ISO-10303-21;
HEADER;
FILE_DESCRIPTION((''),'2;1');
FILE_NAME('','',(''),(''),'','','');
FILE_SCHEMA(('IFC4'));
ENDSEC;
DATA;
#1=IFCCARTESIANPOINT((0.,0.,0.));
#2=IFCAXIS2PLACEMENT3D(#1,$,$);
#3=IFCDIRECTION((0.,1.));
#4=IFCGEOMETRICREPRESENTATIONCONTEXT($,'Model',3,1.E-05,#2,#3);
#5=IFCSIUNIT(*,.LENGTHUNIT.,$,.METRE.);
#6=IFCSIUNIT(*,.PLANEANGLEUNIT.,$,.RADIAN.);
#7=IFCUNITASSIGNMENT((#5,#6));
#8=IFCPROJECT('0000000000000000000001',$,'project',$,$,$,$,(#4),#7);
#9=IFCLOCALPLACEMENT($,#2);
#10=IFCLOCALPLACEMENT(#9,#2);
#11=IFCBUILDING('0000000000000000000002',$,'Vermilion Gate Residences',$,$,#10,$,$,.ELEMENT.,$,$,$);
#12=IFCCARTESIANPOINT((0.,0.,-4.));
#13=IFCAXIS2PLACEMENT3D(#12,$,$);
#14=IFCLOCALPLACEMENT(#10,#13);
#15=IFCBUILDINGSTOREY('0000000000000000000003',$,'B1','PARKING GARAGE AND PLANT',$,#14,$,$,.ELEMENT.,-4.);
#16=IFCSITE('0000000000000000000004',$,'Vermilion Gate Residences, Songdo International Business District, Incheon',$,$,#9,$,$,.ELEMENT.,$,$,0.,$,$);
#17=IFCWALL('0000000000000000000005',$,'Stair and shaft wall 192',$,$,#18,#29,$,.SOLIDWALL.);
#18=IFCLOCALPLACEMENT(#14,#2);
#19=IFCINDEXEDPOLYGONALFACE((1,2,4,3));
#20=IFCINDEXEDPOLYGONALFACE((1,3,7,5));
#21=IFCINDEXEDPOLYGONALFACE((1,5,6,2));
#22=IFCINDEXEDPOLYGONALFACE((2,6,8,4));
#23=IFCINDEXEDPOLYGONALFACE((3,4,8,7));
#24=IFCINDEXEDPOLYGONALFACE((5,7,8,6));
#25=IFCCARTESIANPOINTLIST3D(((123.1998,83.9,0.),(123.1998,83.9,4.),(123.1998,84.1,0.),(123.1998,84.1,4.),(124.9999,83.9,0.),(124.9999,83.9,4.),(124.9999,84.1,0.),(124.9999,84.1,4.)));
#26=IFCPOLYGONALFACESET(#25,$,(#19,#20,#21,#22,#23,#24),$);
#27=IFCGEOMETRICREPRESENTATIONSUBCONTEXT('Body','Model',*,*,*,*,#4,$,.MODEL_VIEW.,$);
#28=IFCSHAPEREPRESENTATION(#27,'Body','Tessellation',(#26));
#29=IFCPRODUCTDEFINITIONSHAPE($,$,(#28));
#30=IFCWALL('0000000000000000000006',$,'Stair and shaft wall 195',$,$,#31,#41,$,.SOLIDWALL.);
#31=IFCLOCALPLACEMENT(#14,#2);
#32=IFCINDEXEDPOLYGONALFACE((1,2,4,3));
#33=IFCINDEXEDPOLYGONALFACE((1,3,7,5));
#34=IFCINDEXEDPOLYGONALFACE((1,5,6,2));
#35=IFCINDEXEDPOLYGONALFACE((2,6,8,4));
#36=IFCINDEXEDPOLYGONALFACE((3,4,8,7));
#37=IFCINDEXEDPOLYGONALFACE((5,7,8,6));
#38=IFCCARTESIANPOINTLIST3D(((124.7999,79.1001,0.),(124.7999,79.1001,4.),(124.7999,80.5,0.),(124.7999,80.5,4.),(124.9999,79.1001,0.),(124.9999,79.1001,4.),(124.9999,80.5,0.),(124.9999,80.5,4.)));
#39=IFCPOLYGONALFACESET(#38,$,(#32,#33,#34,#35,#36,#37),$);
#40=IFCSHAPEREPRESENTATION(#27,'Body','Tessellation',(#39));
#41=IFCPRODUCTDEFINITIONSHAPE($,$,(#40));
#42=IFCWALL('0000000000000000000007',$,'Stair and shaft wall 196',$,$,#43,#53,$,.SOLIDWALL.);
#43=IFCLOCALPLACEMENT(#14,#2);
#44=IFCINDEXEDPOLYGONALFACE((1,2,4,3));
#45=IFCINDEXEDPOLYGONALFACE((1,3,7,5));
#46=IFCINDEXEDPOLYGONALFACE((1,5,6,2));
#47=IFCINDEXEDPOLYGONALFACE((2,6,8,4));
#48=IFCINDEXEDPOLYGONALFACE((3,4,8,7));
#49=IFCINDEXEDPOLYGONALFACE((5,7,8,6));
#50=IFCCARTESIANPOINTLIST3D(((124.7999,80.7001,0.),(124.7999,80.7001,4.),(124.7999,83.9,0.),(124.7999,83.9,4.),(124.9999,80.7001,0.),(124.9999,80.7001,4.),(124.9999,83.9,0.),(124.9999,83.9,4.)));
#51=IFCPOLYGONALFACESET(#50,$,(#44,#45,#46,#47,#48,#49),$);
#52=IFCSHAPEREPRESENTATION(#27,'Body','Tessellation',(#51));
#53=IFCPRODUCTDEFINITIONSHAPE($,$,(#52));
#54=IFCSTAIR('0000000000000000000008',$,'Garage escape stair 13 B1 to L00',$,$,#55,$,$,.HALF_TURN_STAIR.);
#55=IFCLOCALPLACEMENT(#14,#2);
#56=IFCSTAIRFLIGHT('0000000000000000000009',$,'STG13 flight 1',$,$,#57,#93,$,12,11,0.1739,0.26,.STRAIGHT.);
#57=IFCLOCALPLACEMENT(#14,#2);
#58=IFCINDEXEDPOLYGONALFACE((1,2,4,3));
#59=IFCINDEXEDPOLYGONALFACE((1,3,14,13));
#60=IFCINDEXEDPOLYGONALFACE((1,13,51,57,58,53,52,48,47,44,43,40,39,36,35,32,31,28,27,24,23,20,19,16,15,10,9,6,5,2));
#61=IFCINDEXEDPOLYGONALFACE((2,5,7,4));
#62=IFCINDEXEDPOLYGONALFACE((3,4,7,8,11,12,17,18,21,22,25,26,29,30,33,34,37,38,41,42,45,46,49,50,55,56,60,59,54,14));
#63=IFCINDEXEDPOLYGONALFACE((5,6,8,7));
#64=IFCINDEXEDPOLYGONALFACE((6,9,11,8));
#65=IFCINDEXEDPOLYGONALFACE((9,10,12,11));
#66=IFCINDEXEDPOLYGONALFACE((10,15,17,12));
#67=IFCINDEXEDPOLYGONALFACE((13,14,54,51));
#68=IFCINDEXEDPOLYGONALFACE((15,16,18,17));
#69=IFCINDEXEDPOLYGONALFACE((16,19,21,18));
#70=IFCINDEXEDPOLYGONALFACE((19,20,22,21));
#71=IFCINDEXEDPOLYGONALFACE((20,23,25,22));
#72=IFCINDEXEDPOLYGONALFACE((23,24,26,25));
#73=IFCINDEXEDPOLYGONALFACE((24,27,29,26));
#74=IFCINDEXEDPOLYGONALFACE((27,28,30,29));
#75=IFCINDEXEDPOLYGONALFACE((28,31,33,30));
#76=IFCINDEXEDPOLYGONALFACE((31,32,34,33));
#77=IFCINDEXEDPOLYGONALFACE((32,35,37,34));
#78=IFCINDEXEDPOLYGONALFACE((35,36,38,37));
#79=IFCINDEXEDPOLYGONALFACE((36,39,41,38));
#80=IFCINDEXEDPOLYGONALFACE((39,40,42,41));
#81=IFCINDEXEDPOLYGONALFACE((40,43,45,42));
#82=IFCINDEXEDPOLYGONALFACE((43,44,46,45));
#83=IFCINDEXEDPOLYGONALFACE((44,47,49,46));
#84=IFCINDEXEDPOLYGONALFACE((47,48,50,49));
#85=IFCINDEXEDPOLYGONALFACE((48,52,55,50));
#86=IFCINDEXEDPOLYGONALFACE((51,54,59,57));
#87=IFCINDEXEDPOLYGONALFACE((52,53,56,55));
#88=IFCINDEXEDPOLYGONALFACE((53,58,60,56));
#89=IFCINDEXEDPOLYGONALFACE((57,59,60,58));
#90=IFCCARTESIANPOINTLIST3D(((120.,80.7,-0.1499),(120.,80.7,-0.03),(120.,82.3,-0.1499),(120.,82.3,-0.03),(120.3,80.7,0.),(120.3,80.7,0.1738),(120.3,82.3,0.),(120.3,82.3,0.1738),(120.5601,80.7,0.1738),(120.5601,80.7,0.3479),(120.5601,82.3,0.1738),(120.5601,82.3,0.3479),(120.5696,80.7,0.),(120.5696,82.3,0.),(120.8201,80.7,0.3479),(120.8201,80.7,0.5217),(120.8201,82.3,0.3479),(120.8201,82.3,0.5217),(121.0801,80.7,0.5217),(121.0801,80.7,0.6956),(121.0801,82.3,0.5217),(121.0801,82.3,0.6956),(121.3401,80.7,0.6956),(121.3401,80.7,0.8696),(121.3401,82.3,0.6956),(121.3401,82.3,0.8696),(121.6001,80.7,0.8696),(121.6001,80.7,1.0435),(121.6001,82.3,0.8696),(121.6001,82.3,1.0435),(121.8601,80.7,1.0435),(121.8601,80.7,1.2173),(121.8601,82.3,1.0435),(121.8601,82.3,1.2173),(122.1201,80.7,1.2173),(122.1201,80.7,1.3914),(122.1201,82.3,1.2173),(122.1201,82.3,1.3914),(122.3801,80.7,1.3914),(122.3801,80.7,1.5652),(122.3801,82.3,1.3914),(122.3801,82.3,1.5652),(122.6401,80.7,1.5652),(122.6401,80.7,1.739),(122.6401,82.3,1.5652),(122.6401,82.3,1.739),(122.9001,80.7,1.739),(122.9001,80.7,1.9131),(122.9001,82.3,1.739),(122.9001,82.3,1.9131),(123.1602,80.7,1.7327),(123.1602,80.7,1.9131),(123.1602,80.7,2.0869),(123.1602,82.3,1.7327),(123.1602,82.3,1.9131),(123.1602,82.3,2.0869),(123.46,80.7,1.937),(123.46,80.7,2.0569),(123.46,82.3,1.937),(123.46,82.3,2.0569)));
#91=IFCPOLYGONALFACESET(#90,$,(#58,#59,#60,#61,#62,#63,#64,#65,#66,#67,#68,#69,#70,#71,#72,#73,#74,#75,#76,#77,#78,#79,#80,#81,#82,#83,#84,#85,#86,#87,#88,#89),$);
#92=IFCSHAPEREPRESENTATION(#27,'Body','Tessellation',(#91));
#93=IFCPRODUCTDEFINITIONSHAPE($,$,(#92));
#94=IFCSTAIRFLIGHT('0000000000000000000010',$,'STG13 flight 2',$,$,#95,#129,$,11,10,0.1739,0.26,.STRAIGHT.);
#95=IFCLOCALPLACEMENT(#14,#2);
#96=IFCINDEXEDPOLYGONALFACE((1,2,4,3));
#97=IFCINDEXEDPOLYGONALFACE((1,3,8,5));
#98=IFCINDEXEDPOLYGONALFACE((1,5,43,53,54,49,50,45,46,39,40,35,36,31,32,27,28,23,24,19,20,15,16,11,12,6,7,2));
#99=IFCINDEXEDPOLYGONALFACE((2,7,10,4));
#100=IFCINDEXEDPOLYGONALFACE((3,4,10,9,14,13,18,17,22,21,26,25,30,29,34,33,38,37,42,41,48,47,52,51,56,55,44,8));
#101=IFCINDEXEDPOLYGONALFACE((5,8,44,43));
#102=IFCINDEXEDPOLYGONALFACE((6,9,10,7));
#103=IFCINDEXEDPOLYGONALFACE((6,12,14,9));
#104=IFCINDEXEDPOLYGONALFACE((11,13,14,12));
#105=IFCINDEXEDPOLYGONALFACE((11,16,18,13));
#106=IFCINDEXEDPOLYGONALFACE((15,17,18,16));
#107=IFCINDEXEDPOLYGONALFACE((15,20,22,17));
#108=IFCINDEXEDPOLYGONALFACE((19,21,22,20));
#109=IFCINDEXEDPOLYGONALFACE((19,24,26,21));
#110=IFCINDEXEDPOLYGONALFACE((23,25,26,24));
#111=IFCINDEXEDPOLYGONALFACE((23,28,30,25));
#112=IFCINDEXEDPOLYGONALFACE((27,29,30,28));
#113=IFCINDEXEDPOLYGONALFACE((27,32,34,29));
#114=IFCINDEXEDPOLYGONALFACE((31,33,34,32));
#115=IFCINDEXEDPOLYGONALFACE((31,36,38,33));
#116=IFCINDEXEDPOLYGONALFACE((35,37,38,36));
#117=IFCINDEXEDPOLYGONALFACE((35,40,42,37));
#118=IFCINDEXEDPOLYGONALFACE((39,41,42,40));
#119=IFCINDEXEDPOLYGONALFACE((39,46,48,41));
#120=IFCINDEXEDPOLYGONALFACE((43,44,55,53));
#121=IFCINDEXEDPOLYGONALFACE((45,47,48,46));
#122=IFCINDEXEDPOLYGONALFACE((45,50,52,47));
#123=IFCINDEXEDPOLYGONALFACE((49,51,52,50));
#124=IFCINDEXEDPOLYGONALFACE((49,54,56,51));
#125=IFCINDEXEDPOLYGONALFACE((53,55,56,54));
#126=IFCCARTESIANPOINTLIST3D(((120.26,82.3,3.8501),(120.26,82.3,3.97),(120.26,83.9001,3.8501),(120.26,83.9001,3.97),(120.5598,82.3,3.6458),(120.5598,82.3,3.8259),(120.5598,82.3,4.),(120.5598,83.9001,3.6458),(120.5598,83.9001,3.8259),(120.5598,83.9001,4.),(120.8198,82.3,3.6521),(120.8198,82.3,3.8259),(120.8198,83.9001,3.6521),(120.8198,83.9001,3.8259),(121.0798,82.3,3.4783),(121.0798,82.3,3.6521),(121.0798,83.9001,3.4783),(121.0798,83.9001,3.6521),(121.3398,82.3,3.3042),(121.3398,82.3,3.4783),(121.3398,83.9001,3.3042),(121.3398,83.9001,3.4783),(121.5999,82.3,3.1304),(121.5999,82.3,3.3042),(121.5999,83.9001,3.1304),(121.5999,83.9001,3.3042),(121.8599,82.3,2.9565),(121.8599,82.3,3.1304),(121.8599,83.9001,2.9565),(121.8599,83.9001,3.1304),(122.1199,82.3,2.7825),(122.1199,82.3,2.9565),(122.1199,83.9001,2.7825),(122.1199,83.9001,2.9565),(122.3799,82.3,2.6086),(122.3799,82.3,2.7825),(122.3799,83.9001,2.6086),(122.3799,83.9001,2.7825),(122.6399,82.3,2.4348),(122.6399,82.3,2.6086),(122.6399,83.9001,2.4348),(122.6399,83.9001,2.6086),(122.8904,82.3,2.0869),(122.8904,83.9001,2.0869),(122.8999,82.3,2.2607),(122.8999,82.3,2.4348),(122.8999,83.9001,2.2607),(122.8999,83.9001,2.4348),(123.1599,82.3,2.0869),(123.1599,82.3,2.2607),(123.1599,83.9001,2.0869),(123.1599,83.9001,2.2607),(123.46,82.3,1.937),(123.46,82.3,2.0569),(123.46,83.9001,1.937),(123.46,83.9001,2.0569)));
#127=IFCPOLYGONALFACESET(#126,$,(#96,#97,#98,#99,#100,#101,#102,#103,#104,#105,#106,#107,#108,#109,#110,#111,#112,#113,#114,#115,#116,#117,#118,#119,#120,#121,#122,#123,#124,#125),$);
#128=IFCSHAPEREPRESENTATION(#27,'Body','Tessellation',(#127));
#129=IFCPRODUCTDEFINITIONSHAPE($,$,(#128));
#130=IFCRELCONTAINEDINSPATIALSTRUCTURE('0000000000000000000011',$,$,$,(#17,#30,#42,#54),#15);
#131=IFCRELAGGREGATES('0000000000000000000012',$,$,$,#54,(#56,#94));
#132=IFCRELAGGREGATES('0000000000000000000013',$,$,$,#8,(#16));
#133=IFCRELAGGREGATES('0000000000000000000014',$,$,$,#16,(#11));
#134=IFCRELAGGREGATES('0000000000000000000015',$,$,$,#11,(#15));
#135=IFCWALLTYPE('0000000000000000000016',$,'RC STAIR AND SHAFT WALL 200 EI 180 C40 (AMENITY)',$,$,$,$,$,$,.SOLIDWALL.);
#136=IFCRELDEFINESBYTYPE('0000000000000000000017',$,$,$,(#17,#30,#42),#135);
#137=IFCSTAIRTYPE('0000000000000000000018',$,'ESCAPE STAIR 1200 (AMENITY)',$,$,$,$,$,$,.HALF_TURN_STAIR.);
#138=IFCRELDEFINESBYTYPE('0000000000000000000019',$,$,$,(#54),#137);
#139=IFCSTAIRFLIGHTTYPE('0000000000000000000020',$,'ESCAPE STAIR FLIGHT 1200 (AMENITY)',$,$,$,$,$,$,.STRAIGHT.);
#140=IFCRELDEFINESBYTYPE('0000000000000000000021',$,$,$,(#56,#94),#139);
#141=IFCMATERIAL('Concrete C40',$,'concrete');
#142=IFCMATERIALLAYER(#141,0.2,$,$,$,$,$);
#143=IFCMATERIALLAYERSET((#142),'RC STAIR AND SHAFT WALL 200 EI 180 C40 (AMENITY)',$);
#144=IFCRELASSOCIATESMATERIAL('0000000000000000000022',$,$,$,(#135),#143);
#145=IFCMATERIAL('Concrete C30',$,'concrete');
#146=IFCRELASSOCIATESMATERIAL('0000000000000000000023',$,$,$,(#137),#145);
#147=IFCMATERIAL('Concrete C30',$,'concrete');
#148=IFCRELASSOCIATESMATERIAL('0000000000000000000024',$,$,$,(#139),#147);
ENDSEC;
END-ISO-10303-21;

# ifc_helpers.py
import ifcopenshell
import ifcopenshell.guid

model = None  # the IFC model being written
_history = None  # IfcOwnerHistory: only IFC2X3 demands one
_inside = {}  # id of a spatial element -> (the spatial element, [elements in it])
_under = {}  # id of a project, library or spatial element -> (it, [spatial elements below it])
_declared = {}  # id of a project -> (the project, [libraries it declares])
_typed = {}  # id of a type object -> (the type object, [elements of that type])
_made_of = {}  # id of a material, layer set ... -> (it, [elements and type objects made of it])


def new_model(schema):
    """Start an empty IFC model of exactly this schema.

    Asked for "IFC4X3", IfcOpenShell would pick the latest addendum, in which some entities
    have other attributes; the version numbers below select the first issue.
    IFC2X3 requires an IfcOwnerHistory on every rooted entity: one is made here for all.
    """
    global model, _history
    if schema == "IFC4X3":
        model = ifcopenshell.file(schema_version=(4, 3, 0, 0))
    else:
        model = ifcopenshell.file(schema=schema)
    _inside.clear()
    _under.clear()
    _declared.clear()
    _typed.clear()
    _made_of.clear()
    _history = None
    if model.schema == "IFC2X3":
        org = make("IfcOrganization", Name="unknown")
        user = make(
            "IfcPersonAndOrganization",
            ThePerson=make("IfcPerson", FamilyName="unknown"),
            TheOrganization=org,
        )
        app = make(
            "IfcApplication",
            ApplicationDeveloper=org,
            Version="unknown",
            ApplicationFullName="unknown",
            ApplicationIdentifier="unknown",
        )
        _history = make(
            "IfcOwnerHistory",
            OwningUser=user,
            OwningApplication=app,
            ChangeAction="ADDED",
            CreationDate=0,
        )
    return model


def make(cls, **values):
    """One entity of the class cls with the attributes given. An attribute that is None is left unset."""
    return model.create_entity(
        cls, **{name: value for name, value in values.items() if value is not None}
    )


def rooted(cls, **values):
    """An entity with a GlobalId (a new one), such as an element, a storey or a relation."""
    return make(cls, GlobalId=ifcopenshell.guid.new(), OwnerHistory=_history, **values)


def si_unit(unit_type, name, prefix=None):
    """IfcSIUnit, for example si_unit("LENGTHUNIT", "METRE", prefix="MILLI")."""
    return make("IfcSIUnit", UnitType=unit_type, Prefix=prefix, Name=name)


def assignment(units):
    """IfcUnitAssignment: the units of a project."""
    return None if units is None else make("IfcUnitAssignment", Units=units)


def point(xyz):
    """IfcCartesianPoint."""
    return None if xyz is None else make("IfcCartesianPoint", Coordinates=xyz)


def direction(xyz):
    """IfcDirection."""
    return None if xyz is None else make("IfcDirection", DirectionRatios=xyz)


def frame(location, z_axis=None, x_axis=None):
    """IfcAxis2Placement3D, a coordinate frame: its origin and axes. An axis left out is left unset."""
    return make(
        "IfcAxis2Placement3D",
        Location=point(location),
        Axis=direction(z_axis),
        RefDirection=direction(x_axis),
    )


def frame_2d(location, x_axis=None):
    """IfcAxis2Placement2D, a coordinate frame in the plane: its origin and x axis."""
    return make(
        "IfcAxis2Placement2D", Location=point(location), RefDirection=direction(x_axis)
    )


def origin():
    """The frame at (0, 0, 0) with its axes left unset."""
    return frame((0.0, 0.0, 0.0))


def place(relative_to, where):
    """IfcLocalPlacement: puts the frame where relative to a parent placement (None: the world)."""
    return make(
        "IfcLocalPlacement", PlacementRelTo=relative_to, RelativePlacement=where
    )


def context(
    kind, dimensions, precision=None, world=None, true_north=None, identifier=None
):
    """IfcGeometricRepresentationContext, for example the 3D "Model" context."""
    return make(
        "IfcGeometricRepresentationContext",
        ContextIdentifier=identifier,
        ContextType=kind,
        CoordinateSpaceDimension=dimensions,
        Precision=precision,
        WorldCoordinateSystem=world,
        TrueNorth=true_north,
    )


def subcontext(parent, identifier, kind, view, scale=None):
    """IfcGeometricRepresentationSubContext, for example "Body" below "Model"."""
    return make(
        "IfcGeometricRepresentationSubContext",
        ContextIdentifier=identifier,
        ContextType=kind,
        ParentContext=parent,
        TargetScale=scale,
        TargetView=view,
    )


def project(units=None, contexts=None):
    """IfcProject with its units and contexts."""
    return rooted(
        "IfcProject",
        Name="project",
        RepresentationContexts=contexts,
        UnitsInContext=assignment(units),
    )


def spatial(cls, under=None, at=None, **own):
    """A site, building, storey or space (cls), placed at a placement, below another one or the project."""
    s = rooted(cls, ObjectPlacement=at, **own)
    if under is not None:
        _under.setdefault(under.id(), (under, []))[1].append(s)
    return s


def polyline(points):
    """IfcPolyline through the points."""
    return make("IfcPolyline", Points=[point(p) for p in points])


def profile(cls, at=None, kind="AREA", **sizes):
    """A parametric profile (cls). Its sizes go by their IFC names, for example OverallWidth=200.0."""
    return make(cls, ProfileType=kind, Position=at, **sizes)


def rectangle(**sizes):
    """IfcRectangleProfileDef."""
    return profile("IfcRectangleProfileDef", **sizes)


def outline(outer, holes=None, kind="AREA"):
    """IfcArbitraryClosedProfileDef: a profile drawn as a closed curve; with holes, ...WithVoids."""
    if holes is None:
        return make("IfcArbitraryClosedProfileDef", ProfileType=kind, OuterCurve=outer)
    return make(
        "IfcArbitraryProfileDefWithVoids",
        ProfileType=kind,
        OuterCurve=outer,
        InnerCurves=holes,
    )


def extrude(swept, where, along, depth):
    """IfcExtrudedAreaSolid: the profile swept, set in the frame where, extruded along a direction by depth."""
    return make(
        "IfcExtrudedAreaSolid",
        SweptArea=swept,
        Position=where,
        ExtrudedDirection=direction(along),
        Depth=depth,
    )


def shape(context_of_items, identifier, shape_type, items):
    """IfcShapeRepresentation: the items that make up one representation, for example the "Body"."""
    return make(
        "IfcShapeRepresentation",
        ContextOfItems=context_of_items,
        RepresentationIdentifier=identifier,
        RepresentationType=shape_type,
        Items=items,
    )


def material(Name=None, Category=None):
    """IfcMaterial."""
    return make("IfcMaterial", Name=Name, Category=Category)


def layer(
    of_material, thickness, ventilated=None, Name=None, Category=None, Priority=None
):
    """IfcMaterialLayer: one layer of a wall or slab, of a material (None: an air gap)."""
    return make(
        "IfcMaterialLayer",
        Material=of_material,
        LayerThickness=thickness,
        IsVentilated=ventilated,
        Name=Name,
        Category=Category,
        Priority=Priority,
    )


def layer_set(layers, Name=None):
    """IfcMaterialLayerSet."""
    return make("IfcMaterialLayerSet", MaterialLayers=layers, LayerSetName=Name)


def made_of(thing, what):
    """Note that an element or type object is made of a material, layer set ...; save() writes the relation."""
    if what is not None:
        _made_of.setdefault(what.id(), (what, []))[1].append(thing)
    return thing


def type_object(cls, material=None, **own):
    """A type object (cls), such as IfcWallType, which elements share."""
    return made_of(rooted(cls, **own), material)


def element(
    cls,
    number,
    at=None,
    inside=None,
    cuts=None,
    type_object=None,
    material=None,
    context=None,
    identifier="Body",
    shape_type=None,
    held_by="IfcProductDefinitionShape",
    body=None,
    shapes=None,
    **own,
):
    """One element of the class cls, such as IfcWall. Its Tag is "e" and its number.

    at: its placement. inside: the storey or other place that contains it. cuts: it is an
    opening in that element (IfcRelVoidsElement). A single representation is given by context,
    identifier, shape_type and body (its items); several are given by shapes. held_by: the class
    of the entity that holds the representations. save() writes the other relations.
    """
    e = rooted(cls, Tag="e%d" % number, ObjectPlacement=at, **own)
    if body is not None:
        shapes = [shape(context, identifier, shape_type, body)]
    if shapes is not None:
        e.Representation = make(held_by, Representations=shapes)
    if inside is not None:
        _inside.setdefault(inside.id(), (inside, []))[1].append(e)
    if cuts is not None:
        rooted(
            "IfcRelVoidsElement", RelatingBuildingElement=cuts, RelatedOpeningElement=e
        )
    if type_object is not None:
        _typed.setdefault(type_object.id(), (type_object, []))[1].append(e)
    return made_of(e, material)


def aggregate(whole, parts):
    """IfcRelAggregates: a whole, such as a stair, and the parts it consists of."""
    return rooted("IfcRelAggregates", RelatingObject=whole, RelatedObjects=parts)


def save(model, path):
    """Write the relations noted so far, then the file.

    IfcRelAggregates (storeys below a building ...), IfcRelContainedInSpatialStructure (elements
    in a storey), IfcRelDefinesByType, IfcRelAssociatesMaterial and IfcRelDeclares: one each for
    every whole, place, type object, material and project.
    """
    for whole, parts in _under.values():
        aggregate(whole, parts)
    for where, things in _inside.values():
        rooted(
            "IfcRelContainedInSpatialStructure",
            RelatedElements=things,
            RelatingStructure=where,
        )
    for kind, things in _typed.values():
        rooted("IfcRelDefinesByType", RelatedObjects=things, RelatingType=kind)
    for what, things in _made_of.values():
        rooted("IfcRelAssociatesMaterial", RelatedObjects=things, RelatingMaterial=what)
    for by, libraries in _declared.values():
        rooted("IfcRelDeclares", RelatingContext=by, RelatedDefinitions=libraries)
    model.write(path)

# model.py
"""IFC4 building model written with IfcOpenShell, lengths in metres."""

from ifc_helpers import new_model, si_unit, direction, frame, frame_2d, origin, place, context, subcontext, project, spatial, polyline, rectangle, outline, extrude, material, layer, layer_set, type_object, element, aggregate, save


model = new_model("IFC4")

# Units and contexts
model_context = context("Model", 3, precision=1e-05, world=origin(), true_north=direction((0.0, 1.0)))
body_context = subcontext(model_context, "Body", "Model", "MODEL_VIEW")
ifc_project = project(units=[si_unit("LENGTHUNIT", "METRE"), si_unit("PLANEANGLEUNIT", "RADIAN")], contexts=[model_context])

# Site, building, storey
site_placement = place(None, origin())
site = spatial("IfcSite", under=ifc_project, at=site_placement, Name="Vermilion Gate Residences, Songdo International Business District, Incheon", CompositionType="ELEMENT", RefElevation=0.0)
building_placement = place(site_placement, origin())
building = spatial("IfcBuilding", under=site, at=building_placement, Name="Vermilion Gate Residences", CompositionType="ELEMENT")
storey_placement = place(building_placement, frame((0.0, 0.0, -4.0)))
storey = spatial("IfcBuildingStorey", under=building, at=storey_placement, Name="B1", Description="PARKING GARAGE AND PLANT", CompositionType="ELEMENT", Elevation=-4.0)

# Shared definitions
ifc_material_1 = material(Name="Concrete C40", Category="concrete")
ifc_layer_1 = layer(ifc_material_1, 0.2)
ifc_layer_set_1 = layer_set([ifc_layer_1], Name="RC STAIR AND SHAFT WALL 200 EI 180 C40 (AMENITY)")
wall_type_1 = type_object("IfcWallType", Name="RC STAIR AND SHAFT WALL 200 EI 180 C40 (AMENITY)", PredefinedType="SOLIDWALL", material=ifc_layer_set_1)

# Walls
wall_1_placement = place(storey_placement, frame((123.2, 84.0, 0.0), z_axis=(0.0, 0.0, 1.0), x_axis=(1.0, 0.0, 0.0)))
element("IfcWall", 1, at=wall_1_placement, inside=storey, type_object=wall_type_1, Name="Stair and shaft wall 192", PredefinedType="SOLIDWALL", context=body_context, shape_type="SweptSolid", body=[
    extrude(rectangle(XDim=1.8, YDim=0.2, at=frame_2d((0.8999, 0.0))), origin(), (0.0, 0.0, 1.0), 4.0),
])
wall_2_placement = place(storey_placement, frame((124.8999, 79.1001, 0.0), z_axis=(0.0, 0.0, 1.0), x_axis=(0.0, 1.0, 0.0)))
element("IfcWall", 2, at=wall_2_placement, inside=storey, type_object=wall_type_1, Name="Stair and shaft wall 195", PredefinedType="SOLIDWALL", context=body_context, shape_type="SweptSolid", body=[
    extrude(rectangle(XDim=1.3999, YDim=0.2, at=frame_2d((0.7, 0.0))), origin(), (0.0, 0.0, 1.0), 4.0),
])
wall_3_placement = place(storey_placement, frame((124.8999, 80.7, 0.0), z_axis=(0.0, 0.0, 1.0), x_axis=(0.0, 1.0, 0.0)))
element("IfcWall", 3, at=wall_3_placement, inside=storey, type_object=wall_type_1, Name="Stair and shaft wall 196", PredefinedType="SOLIDWALL", context=body_context, shape_type="SweptSolid", body=[
    extrude(rectangle(XDim=3.2, YDim=0.2, at=frame_2d((1.6001, 0.0))), origin(), (0.0, 0.0, 1.0), 4.0),
])

# Stair, stair flights
ifc_material_2 = material(Name="Concrete C30", Category="concrete")
stair_type = type_object("IfcStairType", Name="ESCAPE STAIR 1200 (AMENITY)", PredefinedType="HALF_TURN_STAIR", material=ifc_material_2)
stair_placement = place(storey_placement, origin())
stair = element("IfcStair", 4, at=stair_placement, inside=storey, type_object=stair_type, Name="Garage escape stair 13 B1 to L00", PredefinedType="HALF_TURN_STAIR")
ifc_material_3 = material(Name="Concrete C30", Category="concrete")
stair_flight_type = type_object("IfcStairFlightType", Name="ESCAPE STAIR FLIGHT 1200 (AMENITY)", PredefinedType="STRAIGHT", material=ifc_material_3)
stair_flight_1_placement = place(storey_placement, frame((120.3, 81.5, 0.0), z_axis=(0.0, 0.0, 1.0), x_axis=(1.0, 0.0, 0.0)))
stair_flight_1 = element("IfcStairFlight", 5, at=stair_flight_1_placement, type_object=stair_flight_type, Name="STG13 flight 1", NumberOfRisers=12, NumberOfTreads=11, PredefinedType="STRAIGHT", RiserHeight=0.1739, TreadLength=0.26, context=body_context, shape_type="SweptSolid", body=[
    extrude(outline(polyline([(-0.3, -0.1499), (-0.3, -0.03), (0.0, 0.0), (0.0, 0.1738), (0.26, 0.1738), (0.26, 0.3479), (0.52, 0.3479), (0.52, 0.5217), (0.78, 0.5217), (0.78, 0.6956), (1.04, 0.6956), (1.04, 0.8696), (1.3, 0.8696), (1.3, 1.0435), (1.5601, 1.0435), (1.5601, 1.2173), (1.8201, 1.2173), (1.8201, 1.3914), (2.0801, 1.3914), (2.0801, 1.5652), (2.3401, 1.5652), (2.3401, 1.739), (2.6001, 1.739), (2.6001, 1.9131), (2.8601, 1.9131), (2.8601, 2.0869), (3.1599, 2.0569), (3.1599, 1.937), (2.8601, 1.7327), (0.2695, 0.0), (-0.3, -0.1499)])), frame((0.0, 0.8, 0.0), z_axis=(0.0, -1.0, 0.0), x_axis=(1.0, 0.0, 0.0)), (0.0, 0.0, 1.0), 1.6001),
])
stair_flight_2_placement = place(storey_placement, frame((123.1599, 83.1001, 2.0869), z_axis=(0.0, 0.0, 1.0), x_axis=(-1.0, 0.0, 0.0)))
stair_flight_2 = element("IfcStairFlight", 6, at=stair_flight_2_placement, type_object=stair_flight_type, Name="STG13 flight 2", NumberOfRisers=11, NumberOfTreads=10, PredefinedType="STRAIGHT", RiserHeight=0.1739, TreadLength=0.26, context=body_context, shape_type="SweptSolid", body=[
    extrude(outline(polyline([(-0.3, -0.1499), (-0.3, -0.03), (0.0, 0.0), (0.0, 0.1738), (0.26, 0.1738), (0.26, 0.3479), (0.52, 0.3479), (0.52, 0.5217), (0.78, 0.5217), (0.78, 0.6956), (1.04, 0.6956), (1.04, 0.8696), (1.3, 0.8696), (1.3, 1.0435), (1.5601, 1.0435), (1.5601, 1.2173), (1.8201, 1.2173), (1.8201, 1.3914), (2.0801, 1.3914), (2.0801, 1.5652), (2.3401, 1.5652), (2.3401, 1.739), (2.6001, 1.739), (2.6001, 1.9131), (2.8999, 1.8831), (2.8999, 1.7632), (2.6001, 1.5588), (0.2695, 0.0), (-0.3, -0.1499)])), frame((0.0, 0.8, 0.0), z_axis=(0.0, -1.0, 0.0), x_axis=(1.0, 0.0, 0.0)), (0.0, 0.0, 1.0), 1.6001),
])
aggregate(stair, [stair_flight_1, stair_flight_2])

save(model, "model.ifc")
